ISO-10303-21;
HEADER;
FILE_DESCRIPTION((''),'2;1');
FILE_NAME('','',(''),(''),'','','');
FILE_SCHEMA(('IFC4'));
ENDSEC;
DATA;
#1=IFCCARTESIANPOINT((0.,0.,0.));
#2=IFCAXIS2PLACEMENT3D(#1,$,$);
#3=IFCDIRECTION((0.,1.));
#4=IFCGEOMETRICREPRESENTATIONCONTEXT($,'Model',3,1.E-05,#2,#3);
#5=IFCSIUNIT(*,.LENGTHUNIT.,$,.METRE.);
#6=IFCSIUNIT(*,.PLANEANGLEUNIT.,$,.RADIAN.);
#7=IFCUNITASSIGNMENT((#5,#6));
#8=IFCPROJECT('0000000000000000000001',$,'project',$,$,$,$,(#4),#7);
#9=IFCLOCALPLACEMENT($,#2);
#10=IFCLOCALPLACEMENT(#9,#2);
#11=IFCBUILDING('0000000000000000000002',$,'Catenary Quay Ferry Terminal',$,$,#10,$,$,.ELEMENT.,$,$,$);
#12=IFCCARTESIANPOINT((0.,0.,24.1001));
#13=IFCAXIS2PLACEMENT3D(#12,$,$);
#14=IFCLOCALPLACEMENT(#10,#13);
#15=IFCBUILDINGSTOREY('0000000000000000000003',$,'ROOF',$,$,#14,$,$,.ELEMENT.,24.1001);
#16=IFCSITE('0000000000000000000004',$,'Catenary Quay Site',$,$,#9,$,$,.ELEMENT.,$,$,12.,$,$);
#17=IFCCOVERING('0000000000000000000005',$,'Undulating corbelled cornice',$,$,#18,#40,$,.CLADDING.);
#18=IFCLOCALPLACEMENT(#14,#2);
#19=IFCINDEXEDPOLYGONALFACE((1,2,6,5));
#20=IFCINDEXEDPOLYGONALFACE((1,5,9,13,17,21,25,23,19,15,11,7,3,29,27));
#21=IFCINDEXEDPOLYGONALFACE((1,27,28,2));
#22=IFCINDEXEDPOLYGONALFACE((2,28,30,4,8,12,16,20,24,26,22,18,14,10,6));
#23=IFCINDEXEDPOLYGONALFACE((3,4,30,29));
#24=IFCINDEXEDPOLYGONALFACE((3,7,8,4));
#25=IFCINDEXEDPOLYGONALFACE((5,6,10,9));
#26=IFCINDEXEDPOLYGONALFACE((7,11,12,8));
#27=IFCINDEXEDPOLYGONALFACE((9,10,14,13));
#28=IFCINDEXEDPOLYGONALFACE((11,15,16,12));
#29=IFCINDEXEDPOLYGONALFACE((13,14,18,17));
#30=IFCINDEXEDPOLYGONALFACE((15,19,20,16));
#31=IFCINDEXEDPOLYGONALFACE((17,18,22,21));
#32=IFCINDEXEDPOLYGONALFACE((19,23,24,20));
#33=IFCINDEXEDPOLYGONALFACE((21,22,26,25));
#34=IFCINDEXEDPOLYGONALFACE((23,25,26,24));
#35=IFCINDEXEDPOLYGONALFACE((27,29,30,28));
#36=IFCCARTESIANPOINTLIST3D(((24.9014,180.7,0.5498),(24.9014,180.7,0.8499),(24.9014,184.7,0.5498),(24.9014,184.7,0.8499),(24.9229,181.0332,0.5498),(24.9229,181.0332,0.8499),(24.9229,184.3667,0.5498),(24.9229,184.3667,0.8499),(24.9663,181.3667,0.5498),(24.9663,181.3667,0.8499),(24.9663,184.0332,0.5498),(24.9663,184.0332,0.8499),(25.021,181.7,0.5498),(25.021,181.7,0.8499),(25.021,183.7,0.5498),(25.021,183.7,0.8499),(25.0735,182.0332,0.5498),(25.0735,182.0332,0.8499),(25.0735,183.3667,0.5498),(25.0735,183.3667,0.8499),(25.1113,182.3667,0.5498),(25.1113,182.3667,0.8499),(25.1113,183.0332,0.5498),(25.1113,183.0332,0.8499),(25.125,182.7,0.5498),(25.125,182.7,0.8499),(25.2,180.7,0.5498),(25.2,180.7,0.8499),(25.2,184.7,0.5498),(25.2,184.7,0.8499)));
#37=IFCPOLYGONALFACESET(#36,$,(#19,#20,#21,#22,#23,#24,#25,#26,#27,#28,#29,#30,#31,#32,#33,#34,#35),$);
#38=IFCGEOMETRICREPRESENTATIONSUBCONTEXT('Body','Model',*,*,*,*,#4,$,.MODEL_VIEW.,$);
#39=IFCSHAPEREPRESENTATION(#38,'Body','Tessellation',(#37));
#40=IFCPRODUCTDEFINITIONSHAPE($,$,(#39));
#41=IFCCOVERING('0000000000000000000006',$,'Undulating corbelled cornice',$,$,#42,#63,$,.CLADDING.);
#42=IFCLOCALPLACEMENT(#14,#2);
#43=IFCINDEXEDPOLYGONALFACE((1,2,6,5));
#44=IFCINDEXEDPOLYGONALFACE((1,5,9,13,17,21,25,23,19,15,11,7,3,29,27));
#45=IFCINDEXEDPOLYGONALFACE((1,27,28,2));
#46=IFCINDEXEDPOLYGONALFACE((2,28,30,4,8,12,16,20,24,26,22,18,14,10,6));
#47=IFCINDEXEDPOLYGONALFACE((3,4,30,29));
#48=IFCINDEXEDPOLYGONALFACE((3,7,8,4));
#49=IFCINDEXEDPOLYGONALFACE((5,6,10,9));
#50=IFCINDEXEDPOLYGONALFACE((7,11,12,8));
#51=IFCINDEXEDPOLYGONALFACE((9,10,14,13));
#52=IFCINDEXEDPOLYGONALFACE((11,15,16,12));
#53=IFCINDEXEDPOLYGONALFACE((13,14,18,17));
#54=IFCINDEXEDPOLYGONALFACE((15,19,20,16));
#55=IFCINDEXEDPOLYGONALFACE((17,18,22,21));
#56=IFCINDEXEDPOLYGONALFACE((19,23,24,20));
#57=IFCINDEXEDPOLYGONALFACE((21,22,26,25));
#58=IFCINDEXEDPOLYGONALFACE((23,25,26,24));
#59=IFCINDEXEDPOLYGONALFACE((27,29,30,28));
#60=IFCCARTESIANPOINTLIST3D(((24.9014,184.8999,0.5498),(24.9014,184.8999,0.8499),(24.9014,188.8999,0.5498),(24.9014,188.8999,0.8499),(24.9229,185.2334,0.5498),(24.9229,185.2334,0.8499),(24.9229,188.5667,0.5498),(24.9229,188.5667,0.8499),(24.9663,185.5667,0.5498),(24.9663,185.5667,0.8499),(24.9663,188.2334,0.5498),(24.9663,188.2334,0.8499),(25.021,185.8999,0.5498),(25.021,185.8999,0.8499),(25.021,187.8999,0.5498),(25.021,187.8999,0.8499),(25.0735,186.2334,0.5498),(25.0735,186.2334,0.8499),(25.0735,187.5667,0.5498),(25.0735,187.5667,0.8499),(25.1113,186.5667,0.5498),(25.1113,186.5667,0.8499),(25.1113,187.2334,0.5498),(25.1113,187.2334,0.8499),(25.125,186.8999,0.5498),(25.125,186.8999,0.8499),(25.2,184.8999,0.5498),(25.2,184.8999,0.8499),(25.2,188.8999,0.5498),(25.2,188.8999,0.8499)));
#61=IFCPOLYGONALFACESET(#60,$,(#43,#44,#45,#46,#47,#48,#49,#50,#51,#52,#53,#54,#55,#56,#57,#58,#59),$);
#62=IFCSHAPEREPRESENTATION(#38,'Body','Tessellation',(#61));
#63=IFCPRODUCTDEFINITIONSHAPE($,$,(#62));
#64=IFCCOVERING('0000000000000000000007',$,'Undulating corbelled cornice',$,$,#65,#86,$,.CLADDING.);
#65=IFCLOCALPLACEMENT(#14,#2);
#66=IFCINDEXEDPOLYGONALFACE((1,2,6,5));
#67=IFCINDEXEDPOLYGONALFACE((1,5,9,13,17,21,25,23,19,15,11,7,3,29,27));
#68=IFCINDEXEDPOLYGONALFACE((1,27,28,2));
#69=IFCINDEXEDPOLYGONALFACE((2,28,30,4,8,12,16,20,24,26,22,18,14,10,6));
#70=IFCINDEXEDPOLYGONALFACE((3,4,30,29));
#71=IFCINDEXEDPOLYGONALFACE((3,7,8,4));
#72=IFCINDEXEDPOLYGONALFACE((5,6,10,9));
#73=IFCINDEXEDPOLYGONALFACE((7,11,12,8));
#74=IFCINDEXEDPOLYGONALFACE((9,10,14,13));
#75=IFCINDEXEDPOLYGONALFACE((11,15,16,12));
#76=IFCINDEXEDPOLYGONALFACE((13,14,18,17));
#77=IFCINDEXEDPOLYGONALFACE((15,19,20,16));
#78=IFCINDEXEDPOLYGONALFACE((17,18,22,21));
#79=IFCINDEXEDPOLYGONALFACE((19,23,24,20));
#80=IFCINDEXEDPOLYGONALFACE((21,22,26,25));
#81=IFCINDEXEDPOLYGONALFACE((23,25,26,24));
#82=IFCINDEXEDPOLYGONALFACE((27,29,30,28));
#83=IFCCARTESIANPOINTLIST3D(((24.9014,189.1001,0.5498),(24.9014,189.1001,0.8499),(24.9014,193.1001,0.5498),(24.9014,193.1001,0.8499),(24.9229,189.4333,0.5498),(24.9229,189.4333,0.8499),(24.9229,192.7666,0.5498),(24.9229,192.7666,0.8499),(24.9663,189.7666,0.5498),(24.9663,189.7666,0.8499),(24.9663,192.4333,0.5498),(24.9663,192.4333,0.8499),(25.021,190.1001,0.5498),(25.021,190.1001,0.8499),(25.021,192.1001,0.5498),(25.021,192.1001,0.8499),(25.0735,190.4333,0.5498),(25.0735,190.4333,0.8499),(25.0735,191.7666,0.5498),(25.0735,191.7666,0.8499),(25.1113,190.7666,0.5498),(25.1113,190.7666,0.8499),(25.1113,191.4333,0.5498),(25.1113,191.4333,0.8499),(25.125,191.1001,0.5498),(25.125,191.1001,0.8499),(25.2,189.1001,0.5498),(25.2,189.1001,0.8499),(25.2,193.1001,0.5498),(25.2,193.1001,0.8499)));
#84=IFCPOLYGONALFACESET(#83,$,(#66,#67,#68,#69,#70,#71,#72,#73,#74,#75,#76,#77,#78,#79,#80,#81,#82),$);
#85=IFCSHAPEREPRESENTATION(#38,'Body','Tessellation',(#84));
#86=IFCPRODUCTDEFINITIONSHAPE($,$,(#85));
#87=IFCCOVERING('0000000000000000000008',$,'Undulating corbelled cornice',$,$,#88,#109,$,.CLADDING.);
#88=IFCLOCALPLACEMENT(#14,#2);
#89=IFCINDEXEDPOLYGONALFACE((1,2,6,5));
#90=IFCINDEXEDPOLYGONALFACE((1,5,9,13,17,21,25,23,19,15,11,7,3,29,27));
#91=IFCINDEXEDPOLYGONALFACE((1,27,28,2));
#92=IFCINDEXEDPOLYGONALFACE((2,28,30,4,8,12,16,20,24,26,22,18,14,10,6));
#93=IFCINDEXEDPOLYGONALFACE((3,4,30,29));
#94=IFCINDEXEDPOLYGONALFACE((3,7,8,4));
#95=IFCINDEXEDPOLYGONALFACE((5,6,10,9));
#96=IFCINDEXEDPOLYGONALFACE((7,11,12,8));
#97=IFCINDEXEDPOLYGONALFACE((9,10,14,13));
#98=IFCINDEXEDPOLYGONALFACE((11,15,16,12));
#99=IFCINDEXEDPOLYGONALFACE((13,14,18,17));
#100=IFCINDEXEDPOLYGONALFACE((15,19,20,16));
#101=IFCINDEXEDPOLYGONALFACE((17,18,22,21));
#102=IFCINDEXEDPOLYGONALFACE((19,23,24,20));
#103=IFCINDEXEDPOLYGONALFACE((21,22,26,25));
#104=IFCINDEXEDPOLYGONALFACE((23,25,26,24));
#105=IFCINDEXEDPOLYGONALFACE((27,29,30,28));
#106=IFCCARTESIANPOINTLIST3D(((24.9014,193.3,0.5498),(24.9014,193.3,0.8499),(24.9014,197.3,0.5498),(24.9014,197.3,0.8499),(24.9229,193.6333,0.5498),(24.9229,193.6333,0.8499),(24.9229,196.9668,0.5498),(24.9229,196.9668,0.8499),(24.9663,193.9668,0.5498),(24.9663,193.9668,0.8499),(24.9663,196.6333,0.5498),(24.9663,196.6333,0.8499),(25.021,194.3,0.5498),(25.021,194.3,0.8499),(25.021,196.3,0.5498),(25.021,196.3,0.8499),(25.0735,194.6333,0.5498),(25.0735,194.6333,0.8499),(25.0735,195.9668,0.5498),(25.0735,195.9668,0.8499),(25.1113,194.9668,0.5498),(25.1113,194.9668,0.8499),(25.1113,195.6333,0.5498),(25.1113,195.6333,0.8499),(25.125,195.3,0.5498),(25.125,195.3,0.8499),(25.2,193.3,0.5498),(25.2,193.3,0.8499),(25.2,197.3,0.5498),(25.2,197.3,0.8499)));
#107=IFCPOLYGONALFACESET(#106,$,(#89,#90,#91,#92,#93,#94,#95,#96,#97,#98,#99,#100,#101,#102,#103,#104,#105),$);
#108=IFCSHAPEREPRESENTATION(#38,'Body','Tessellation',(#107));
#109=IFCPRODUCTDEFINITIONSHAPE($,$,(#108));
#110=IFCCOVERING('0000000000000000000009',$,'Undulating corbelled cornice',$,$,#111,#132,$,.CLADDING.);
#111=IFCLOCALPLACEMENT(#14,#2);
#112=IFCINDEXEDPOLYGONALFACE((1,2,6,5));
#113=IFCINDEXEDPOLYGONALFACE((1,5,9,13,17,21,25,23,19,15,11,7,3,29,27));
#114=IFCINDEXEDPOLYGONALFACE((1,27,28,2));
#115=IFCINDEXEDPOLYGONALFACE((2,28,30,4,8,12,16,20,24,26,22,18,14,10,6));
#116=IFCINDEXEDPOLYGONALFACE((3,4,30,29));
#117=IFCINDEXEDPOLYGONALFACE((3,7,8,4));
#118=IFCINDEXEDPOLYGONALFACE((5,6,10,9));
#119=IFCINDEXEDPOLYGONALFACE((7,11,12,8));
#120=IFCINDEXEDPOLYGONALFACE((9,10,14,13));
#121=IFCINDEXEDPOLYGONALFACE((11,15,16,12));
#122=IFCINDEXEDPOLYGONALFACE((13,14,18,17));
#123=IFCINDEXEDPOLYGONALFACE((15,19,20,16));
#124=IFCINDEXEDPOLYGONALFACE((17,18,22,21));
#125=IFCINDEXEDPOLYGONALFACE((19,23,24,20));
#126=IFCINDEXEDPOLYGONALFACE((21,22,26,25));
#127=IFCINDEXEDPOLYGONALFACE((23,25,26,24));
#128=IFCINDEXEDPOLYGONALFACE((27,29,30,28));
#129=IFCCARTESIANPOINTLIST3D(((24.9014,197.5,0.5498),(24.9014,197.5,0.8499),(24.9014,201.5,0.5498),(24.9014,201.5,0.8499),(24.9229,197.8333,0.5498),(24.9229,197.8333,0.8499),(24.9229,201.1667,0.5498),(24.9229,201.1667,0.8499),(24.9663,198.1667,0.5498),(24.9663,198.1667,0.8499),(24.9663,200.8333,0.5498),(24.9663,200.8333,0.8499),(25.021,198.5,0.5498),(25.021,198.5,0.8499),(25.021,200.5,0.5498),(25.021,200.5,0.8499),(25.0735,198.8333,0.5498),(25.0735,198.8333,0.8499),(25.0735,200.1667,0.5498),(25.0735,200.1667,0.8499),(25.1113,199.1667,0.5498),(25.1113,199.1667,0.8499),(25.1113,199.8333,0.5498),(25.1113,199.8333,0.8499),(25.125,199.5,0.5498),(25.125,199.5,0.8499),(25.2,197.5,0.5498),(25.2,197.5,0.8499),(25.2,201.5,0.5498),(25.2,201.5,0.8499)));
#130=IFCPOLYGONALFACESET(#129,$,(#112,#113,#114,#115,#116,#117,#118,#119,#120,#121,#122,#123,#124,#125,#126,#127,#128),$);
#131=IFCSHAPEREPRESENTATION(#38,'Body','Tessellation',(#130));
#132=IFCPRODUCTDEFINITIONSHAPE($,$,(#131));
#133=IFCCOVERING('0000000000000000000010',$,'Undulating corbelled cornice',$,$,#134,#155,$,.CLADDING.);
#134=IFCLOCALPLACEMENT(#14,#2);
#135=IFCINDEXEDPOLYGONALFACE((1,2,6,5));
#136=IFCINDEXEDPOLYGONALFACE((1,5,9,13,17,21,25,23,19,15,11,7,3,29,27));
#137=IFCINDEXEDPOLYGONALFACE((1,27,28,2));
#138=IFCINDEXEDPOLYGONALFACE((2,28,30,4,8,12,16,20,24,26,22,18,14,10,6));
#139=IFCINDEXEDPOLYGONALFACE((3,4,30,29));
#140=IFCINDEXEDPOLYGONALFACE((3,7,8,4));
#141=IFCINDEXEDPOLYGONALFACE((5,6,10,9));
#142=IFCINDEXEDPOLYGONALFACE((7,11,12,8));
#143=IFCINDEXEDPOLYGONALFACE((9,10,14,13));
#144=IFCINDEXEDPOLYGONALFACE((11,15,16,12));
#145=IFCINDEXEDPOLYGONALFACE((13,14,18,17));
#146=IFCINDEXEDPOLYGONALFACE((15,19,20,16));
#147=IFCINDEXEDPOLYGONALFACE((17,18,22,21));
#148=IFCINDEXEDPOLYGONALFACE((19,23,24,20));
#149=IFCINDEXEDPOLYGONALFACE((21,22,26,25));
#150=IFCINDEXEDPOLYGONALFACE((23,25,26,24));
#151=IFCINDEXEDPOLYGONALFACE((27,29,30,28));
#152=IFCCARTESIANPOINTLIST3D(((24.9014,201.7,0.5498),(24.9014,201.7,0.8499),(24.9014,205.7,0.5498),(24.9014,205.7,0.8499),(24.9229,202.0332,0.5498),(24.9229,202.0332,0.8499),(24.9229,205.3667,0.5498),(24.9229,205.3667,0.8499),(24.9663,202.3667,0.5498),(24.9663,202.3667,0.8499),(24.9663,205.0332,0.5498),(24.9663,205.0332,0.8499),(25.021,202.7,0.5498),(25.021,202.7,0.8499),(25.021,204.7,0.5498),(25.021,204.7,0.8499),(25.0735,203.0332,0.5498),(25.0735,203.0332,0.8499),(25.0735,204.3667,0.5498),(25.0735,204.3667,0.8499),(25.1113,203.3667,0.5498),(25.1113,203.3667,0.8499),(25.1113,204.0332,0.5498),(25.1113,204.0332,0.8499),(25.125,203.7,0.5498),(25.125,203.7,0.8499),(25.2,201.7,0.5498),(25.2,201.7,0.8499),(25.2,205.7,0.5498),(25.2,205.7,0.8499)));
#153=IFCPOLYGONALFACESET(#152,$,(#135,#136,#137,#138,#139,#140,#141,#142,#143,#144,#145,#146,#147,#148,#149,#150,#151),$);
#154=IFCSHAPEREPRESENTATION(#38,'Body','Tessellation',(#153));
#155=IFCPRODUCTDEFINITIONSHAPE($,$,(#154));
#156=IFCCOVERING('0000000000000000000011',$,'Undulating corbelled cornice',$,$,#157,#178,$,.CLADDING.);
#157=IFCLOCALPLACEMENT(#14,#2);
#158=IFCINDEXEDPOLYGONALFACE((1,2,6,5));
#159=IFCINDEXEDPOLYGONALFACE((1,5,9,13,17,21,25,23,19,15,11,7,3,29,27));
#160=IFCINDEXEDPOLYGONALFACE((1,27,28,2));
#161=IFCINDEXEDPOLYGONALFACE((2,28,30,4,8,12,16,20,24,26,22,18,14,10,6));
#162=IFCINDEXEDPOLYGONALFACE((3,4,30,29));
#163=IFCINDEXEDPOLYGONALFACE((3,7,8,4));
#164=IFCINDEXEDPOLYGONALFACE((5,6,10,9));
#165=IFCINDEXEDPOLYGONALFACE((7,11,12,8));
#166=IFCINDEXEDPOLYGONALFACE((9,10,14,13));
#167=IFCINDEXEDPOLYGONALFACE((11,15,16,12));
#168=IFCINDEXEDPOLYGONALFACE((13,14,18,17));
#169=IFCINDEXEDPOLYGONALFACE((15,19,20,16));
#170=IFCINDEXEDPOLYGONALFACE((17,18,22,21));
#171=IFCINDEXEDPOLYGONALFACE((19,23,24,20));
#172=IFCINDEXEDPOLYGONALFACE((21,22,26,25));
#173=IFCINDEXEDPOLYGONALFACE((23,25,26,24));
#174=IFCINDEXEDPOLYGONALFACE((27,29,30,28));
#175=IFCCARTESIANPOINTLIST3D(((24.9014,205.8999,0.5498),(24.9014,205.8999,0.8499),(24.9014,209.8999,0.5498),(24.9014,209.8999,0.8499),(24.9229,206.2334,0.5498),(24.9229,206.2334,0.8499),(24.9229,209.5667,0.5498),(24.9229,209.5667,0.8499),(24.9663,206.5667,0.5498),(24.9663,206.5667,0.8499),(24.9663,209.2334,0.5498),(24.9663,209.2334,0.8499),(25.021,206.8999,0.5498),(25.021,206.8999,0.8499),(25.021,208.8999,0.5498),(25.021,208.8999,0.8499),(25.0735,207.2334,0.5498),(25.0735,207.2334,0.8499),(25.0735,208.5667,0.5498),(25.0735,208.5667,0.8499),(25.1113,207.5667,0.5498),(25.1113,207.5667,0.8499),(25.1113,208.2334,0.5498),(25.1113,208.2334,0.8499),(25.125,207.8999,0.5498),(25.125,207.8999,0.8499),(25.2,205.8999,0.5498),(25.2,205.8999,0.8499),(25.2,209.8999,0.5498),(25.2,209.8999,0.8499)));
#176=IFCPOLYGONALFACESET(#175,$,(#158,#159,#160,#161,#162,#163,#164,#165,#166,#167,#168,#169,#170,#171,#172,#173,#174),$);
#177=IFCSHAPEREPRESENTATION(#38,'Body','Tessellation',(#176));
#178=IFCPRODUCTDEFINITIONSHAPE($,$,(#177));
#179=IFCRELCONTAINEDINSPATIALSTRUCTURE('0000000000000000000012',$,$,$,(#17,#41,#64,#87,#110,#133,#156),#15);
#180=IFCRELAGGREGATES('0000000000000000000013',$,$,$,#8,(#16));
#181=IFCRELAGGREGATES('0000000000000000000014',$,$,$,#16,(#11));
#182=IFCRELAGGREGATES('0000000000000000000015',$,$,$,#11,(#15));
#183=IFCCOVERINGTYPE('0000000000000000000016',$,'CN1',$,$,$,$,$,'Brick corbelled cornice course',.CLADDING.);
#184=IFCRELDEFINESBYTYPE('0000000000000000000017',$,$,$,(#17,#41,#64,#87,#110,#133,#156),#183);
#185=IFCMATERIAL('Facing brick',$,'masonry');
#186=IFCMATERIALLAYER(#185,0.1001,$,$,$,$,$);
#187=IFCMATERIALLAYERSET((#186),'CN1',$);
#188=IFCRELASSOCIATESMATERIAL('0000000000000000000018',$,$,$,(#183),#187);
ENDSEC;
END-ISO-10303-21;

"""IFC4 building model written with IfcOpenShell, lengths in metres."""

from ifc_helpers import new_model, si_unit, direction, frame, origin, place, context, subcontext, project, spatial, polyline, outline, extrude, material, layer, layer_set, type_object, element, save


model = new_model("IFC4")

# Units and contexts
model_context = context("Model", 3, precision=1e-05, world=origin(), true_north=direction((0.0, 1.0)))
body_context = subcontext(model_context, "Body", "Model", "MODEL_VIEW")
ifc_project = project(units=[si_unit("LENGTHUNIT", "METRE"), si_unit("PLANEANGLEUNIT", "RADIAN")], contexts=[model_context])

# Site, building, storey
site_placement = place(None, origin())
site = spatial("IfcSite", under=ifc_project, at=site_placement, Name="Catenary Quay Site", CompositionType="ELEMENT", RefElevation=12.0)
building_placement = place(site_placement, origin())
building = spatial("IfcBuilding", under=site, at=building_placement, Name="Catenary Quay Ferry Terminal", CompositionType="ELEMENT")
storey_placement = place(building_placement, frame((0.0, 0.0, 24.1001)))
storey = spatial("IfcBuildingStorey", under=building, at=storey_placement, Name="ROOF", CompositionType="ELEMENT", Elevation=24.1001)

# Coverings
ifc_material = material(Name="Facing brick", Category="masonry")
ifc_layer = layer(ifc_material, 0.1001)
ifc_layer_set = layer_set([ifc_layer], Name="CN1")
covering_type = type_object("IfcCoveringType", Name="CN1", ElementType="Brick corbelled cornice course", PredefinedType="CLADDING", material=ifc_layer_set)
covering_1_placement = place(storey_placement, frame((0.0, 0.0, 0.5498)))
element("IfcCovering", 1, at=covering_1_placement, inside=storey, type_object=covering_type, Name="Undulating corbelled cornice", PredefinedType="CLADDING", context=body_context, shape_type="SweptSolid", body=[
    extrude(outline(polyline([(25.2, 180.7), (24.9014, 180.7), (24.9229, 181.0332), (24.9663, 181.3667), (25.021, 181.7), (25.0735, 182.0332), (25.1113, 182.3667), (25.125, 182.7), (25.1113, 183.0332), (25.0735, 183.3667), (25.021, 183.7), (24.9663, 184.0332), (24.9229, 184.3667), (24.9014, 184.7), (25.2, 184.7), (25.2, 180.7)])), origin(), (0.0, 0.0, 1.0), 0.3),
])
covering_2_placement = place(storey_placement, frame((0.0, 0.0, 0.5498)))
element("IfcCovering", 2, at=covering_2_placement, inside=storey, type_object=covering_type, Name="Undulating corbelled cornice", PredefinedType="CLADDING", context=body_context, shape_type="SweptSolid", body=[
    extrude(outline(polyline([(25.2, 184.8999), (24.9014, 184.8999), (24.9229, 185.2334), (24.9663, 185.5667), (25.021, 185.8999), (25.0735, 186.2334), (25.1113, 186.5667), (25.125, 186.8999), (25.1113, 187.2334), (25.0735, 187.5667), (25.021, 187.8999), (24.9663, 188.2334), (24.9229, 188.5667), (24.9014, 188.8999), (25.2, 188.8999), (25.2, 184.8999)])), origin(), (0.0, 0.0, 1.0), 0.3),
])
covering_3_placement = place(storey_placement, frame((0.0, 0.0, 0.5498)))
element("IfcCovering", 3, at=covering_3_placement, inside=storey, type_object=covering_type, Name="Undulating corbelled cornice", PredefinedType="CLADDING", context=body_context, shape_type="SweptSolid", body=[
    extrude(outline(polyline([(25.2, 189.1001), (24.9014, 189.1001), (24.9229, 189.4333), (24.9663, 189.7666), (25.021, 190.1001), (25.0735, 190.4333), (25.1113, 190.7666), (25.125, 191.1001), (25.1113, 191.4333), (25.0735, 191.7666), (25.021, 192.1001), (24.9663, 192.4333), (24.9229, 192.7666), (24.9014, 193.1001), (25.2, 193.1001), (25.2, 189.1001)])), origin(), (0.0, 0.0, 1.0), 0.3),
])
covering_4_placement = place(storey_placement, frame((0.0, 0.0, 0.5498)))
element("IfcCovering", 4, at=covering_4_placement, inside=storey, type_object=covering_type, Name="Undulating corbelled cornice", PredefinedType="CLADDING", context=body_context, shape_type="SweptSolid", body=[
    extrude(outline(polyline([(25.2, 193.3), (24.9014, 193.3), (24.9229, 193.6333), (24.9663, 193.9668), (25.021, 194.3), (25.0735, 194.6333), (25.1113, 194.9668), (25.125, 195.3), (25.1113, 195.6333), (25.0735, 195.9668), (25.021, 196.3), (24.9663, 196.6333), (24.9229, 196.9668), (24.9014, 197.3), (25.2, 197.3), (25.2, 193.3)])), origin(), (0.0, 0.0, 1.0), 0.3),
])
covering_5_placement = place(storey_placement, frame((0.0, 0.0, 0.5498)))
element("IfcCovering", 5, at=covering_5_placement, inside=storey, type_object=covering_type, Name="Undulating corbelled cornice", PredefinedType="CLADDING", context=body_context, shape_type="SweptSolid", body=[
    extrude(outline(polyline([(25.2, 197.5), (24.9014, 197.5), (24.9229, 197.8333), (24.9663, 198.1667), (25.021, 198.5), (25.0735, 198.8333), (25.1113, 199.1667), (25.125, 199.5), (25.1113, 199.8333), (25.0735, 200.1667), (25.021, 200.5), (24.9663, 200.8333), (24.9229, 201.1667), (24.9014, 201.5), (25.2, 201.5), (25.2, 197.5)])), origin(), (0.0, 0.0, 1.0), 0.3),
])
covering_6_placement = place(storey_placement, frame((0.0, 0.0, 0.5498)))
element("IfcCovering", 6, at=covering_6_placement, inside=storey, type_object=covering_type, Name="Undulating corbelled cornice", PredefinedType="CLADDING", context=body_context, shape_type="SweptSolid", body=[
    extrude(outline(polyline([(25.2, 201.7), (24.9014, 201.7), (24.9229, 202.0332), (24.9663, 202.3667), (25.021, 202.7), (25.0735, 203.0332), (25.1113, 203.3667), (25.125, 203.7), (25.1113, 204.0332), (25.0735, 204.3667), (25.021, 204.7), (24.9663, 205.0332), (24.9229, 205.3667), (24.9014, 205.7), (25.2, 205.7), (25.2, 201.7)])), origin(), (0.0, 0.0, 1.0), 0.3),
])
covering_7_placement = place(storey_placement, frame((0.0, 0.0, 0.5498)))
element("IfcCovering", 7, at=covering_7_placement, inside=storey, type_object=covering_type, Name="Undulating corbelled cornice", PredefinedType="CLADDING", context=body_context, shape_type="SweptSolid", body=[
    extrude(outline(polyline([(25.2, 205.8999), (24.9014, 205.8999), (24.9229, 206.2334), (24.9663, 206.5667), (25.021, 206.8999), (25.0735, 207.2334), (25.1113, 207.5667), (25.125, 207.8999), (25.1113, 208.2334), (25.0735, 208.5667), (25.021, 208.8999), (24.9663, 209.2334), (24.9229, 209.5667), (24.9014, 209.8999), (25.2, 209.8999), (25.2, 205.8999)])), origin(), (0.0, 0.0, 1.0), 0.3),
])

save(model, "model.ifc")
